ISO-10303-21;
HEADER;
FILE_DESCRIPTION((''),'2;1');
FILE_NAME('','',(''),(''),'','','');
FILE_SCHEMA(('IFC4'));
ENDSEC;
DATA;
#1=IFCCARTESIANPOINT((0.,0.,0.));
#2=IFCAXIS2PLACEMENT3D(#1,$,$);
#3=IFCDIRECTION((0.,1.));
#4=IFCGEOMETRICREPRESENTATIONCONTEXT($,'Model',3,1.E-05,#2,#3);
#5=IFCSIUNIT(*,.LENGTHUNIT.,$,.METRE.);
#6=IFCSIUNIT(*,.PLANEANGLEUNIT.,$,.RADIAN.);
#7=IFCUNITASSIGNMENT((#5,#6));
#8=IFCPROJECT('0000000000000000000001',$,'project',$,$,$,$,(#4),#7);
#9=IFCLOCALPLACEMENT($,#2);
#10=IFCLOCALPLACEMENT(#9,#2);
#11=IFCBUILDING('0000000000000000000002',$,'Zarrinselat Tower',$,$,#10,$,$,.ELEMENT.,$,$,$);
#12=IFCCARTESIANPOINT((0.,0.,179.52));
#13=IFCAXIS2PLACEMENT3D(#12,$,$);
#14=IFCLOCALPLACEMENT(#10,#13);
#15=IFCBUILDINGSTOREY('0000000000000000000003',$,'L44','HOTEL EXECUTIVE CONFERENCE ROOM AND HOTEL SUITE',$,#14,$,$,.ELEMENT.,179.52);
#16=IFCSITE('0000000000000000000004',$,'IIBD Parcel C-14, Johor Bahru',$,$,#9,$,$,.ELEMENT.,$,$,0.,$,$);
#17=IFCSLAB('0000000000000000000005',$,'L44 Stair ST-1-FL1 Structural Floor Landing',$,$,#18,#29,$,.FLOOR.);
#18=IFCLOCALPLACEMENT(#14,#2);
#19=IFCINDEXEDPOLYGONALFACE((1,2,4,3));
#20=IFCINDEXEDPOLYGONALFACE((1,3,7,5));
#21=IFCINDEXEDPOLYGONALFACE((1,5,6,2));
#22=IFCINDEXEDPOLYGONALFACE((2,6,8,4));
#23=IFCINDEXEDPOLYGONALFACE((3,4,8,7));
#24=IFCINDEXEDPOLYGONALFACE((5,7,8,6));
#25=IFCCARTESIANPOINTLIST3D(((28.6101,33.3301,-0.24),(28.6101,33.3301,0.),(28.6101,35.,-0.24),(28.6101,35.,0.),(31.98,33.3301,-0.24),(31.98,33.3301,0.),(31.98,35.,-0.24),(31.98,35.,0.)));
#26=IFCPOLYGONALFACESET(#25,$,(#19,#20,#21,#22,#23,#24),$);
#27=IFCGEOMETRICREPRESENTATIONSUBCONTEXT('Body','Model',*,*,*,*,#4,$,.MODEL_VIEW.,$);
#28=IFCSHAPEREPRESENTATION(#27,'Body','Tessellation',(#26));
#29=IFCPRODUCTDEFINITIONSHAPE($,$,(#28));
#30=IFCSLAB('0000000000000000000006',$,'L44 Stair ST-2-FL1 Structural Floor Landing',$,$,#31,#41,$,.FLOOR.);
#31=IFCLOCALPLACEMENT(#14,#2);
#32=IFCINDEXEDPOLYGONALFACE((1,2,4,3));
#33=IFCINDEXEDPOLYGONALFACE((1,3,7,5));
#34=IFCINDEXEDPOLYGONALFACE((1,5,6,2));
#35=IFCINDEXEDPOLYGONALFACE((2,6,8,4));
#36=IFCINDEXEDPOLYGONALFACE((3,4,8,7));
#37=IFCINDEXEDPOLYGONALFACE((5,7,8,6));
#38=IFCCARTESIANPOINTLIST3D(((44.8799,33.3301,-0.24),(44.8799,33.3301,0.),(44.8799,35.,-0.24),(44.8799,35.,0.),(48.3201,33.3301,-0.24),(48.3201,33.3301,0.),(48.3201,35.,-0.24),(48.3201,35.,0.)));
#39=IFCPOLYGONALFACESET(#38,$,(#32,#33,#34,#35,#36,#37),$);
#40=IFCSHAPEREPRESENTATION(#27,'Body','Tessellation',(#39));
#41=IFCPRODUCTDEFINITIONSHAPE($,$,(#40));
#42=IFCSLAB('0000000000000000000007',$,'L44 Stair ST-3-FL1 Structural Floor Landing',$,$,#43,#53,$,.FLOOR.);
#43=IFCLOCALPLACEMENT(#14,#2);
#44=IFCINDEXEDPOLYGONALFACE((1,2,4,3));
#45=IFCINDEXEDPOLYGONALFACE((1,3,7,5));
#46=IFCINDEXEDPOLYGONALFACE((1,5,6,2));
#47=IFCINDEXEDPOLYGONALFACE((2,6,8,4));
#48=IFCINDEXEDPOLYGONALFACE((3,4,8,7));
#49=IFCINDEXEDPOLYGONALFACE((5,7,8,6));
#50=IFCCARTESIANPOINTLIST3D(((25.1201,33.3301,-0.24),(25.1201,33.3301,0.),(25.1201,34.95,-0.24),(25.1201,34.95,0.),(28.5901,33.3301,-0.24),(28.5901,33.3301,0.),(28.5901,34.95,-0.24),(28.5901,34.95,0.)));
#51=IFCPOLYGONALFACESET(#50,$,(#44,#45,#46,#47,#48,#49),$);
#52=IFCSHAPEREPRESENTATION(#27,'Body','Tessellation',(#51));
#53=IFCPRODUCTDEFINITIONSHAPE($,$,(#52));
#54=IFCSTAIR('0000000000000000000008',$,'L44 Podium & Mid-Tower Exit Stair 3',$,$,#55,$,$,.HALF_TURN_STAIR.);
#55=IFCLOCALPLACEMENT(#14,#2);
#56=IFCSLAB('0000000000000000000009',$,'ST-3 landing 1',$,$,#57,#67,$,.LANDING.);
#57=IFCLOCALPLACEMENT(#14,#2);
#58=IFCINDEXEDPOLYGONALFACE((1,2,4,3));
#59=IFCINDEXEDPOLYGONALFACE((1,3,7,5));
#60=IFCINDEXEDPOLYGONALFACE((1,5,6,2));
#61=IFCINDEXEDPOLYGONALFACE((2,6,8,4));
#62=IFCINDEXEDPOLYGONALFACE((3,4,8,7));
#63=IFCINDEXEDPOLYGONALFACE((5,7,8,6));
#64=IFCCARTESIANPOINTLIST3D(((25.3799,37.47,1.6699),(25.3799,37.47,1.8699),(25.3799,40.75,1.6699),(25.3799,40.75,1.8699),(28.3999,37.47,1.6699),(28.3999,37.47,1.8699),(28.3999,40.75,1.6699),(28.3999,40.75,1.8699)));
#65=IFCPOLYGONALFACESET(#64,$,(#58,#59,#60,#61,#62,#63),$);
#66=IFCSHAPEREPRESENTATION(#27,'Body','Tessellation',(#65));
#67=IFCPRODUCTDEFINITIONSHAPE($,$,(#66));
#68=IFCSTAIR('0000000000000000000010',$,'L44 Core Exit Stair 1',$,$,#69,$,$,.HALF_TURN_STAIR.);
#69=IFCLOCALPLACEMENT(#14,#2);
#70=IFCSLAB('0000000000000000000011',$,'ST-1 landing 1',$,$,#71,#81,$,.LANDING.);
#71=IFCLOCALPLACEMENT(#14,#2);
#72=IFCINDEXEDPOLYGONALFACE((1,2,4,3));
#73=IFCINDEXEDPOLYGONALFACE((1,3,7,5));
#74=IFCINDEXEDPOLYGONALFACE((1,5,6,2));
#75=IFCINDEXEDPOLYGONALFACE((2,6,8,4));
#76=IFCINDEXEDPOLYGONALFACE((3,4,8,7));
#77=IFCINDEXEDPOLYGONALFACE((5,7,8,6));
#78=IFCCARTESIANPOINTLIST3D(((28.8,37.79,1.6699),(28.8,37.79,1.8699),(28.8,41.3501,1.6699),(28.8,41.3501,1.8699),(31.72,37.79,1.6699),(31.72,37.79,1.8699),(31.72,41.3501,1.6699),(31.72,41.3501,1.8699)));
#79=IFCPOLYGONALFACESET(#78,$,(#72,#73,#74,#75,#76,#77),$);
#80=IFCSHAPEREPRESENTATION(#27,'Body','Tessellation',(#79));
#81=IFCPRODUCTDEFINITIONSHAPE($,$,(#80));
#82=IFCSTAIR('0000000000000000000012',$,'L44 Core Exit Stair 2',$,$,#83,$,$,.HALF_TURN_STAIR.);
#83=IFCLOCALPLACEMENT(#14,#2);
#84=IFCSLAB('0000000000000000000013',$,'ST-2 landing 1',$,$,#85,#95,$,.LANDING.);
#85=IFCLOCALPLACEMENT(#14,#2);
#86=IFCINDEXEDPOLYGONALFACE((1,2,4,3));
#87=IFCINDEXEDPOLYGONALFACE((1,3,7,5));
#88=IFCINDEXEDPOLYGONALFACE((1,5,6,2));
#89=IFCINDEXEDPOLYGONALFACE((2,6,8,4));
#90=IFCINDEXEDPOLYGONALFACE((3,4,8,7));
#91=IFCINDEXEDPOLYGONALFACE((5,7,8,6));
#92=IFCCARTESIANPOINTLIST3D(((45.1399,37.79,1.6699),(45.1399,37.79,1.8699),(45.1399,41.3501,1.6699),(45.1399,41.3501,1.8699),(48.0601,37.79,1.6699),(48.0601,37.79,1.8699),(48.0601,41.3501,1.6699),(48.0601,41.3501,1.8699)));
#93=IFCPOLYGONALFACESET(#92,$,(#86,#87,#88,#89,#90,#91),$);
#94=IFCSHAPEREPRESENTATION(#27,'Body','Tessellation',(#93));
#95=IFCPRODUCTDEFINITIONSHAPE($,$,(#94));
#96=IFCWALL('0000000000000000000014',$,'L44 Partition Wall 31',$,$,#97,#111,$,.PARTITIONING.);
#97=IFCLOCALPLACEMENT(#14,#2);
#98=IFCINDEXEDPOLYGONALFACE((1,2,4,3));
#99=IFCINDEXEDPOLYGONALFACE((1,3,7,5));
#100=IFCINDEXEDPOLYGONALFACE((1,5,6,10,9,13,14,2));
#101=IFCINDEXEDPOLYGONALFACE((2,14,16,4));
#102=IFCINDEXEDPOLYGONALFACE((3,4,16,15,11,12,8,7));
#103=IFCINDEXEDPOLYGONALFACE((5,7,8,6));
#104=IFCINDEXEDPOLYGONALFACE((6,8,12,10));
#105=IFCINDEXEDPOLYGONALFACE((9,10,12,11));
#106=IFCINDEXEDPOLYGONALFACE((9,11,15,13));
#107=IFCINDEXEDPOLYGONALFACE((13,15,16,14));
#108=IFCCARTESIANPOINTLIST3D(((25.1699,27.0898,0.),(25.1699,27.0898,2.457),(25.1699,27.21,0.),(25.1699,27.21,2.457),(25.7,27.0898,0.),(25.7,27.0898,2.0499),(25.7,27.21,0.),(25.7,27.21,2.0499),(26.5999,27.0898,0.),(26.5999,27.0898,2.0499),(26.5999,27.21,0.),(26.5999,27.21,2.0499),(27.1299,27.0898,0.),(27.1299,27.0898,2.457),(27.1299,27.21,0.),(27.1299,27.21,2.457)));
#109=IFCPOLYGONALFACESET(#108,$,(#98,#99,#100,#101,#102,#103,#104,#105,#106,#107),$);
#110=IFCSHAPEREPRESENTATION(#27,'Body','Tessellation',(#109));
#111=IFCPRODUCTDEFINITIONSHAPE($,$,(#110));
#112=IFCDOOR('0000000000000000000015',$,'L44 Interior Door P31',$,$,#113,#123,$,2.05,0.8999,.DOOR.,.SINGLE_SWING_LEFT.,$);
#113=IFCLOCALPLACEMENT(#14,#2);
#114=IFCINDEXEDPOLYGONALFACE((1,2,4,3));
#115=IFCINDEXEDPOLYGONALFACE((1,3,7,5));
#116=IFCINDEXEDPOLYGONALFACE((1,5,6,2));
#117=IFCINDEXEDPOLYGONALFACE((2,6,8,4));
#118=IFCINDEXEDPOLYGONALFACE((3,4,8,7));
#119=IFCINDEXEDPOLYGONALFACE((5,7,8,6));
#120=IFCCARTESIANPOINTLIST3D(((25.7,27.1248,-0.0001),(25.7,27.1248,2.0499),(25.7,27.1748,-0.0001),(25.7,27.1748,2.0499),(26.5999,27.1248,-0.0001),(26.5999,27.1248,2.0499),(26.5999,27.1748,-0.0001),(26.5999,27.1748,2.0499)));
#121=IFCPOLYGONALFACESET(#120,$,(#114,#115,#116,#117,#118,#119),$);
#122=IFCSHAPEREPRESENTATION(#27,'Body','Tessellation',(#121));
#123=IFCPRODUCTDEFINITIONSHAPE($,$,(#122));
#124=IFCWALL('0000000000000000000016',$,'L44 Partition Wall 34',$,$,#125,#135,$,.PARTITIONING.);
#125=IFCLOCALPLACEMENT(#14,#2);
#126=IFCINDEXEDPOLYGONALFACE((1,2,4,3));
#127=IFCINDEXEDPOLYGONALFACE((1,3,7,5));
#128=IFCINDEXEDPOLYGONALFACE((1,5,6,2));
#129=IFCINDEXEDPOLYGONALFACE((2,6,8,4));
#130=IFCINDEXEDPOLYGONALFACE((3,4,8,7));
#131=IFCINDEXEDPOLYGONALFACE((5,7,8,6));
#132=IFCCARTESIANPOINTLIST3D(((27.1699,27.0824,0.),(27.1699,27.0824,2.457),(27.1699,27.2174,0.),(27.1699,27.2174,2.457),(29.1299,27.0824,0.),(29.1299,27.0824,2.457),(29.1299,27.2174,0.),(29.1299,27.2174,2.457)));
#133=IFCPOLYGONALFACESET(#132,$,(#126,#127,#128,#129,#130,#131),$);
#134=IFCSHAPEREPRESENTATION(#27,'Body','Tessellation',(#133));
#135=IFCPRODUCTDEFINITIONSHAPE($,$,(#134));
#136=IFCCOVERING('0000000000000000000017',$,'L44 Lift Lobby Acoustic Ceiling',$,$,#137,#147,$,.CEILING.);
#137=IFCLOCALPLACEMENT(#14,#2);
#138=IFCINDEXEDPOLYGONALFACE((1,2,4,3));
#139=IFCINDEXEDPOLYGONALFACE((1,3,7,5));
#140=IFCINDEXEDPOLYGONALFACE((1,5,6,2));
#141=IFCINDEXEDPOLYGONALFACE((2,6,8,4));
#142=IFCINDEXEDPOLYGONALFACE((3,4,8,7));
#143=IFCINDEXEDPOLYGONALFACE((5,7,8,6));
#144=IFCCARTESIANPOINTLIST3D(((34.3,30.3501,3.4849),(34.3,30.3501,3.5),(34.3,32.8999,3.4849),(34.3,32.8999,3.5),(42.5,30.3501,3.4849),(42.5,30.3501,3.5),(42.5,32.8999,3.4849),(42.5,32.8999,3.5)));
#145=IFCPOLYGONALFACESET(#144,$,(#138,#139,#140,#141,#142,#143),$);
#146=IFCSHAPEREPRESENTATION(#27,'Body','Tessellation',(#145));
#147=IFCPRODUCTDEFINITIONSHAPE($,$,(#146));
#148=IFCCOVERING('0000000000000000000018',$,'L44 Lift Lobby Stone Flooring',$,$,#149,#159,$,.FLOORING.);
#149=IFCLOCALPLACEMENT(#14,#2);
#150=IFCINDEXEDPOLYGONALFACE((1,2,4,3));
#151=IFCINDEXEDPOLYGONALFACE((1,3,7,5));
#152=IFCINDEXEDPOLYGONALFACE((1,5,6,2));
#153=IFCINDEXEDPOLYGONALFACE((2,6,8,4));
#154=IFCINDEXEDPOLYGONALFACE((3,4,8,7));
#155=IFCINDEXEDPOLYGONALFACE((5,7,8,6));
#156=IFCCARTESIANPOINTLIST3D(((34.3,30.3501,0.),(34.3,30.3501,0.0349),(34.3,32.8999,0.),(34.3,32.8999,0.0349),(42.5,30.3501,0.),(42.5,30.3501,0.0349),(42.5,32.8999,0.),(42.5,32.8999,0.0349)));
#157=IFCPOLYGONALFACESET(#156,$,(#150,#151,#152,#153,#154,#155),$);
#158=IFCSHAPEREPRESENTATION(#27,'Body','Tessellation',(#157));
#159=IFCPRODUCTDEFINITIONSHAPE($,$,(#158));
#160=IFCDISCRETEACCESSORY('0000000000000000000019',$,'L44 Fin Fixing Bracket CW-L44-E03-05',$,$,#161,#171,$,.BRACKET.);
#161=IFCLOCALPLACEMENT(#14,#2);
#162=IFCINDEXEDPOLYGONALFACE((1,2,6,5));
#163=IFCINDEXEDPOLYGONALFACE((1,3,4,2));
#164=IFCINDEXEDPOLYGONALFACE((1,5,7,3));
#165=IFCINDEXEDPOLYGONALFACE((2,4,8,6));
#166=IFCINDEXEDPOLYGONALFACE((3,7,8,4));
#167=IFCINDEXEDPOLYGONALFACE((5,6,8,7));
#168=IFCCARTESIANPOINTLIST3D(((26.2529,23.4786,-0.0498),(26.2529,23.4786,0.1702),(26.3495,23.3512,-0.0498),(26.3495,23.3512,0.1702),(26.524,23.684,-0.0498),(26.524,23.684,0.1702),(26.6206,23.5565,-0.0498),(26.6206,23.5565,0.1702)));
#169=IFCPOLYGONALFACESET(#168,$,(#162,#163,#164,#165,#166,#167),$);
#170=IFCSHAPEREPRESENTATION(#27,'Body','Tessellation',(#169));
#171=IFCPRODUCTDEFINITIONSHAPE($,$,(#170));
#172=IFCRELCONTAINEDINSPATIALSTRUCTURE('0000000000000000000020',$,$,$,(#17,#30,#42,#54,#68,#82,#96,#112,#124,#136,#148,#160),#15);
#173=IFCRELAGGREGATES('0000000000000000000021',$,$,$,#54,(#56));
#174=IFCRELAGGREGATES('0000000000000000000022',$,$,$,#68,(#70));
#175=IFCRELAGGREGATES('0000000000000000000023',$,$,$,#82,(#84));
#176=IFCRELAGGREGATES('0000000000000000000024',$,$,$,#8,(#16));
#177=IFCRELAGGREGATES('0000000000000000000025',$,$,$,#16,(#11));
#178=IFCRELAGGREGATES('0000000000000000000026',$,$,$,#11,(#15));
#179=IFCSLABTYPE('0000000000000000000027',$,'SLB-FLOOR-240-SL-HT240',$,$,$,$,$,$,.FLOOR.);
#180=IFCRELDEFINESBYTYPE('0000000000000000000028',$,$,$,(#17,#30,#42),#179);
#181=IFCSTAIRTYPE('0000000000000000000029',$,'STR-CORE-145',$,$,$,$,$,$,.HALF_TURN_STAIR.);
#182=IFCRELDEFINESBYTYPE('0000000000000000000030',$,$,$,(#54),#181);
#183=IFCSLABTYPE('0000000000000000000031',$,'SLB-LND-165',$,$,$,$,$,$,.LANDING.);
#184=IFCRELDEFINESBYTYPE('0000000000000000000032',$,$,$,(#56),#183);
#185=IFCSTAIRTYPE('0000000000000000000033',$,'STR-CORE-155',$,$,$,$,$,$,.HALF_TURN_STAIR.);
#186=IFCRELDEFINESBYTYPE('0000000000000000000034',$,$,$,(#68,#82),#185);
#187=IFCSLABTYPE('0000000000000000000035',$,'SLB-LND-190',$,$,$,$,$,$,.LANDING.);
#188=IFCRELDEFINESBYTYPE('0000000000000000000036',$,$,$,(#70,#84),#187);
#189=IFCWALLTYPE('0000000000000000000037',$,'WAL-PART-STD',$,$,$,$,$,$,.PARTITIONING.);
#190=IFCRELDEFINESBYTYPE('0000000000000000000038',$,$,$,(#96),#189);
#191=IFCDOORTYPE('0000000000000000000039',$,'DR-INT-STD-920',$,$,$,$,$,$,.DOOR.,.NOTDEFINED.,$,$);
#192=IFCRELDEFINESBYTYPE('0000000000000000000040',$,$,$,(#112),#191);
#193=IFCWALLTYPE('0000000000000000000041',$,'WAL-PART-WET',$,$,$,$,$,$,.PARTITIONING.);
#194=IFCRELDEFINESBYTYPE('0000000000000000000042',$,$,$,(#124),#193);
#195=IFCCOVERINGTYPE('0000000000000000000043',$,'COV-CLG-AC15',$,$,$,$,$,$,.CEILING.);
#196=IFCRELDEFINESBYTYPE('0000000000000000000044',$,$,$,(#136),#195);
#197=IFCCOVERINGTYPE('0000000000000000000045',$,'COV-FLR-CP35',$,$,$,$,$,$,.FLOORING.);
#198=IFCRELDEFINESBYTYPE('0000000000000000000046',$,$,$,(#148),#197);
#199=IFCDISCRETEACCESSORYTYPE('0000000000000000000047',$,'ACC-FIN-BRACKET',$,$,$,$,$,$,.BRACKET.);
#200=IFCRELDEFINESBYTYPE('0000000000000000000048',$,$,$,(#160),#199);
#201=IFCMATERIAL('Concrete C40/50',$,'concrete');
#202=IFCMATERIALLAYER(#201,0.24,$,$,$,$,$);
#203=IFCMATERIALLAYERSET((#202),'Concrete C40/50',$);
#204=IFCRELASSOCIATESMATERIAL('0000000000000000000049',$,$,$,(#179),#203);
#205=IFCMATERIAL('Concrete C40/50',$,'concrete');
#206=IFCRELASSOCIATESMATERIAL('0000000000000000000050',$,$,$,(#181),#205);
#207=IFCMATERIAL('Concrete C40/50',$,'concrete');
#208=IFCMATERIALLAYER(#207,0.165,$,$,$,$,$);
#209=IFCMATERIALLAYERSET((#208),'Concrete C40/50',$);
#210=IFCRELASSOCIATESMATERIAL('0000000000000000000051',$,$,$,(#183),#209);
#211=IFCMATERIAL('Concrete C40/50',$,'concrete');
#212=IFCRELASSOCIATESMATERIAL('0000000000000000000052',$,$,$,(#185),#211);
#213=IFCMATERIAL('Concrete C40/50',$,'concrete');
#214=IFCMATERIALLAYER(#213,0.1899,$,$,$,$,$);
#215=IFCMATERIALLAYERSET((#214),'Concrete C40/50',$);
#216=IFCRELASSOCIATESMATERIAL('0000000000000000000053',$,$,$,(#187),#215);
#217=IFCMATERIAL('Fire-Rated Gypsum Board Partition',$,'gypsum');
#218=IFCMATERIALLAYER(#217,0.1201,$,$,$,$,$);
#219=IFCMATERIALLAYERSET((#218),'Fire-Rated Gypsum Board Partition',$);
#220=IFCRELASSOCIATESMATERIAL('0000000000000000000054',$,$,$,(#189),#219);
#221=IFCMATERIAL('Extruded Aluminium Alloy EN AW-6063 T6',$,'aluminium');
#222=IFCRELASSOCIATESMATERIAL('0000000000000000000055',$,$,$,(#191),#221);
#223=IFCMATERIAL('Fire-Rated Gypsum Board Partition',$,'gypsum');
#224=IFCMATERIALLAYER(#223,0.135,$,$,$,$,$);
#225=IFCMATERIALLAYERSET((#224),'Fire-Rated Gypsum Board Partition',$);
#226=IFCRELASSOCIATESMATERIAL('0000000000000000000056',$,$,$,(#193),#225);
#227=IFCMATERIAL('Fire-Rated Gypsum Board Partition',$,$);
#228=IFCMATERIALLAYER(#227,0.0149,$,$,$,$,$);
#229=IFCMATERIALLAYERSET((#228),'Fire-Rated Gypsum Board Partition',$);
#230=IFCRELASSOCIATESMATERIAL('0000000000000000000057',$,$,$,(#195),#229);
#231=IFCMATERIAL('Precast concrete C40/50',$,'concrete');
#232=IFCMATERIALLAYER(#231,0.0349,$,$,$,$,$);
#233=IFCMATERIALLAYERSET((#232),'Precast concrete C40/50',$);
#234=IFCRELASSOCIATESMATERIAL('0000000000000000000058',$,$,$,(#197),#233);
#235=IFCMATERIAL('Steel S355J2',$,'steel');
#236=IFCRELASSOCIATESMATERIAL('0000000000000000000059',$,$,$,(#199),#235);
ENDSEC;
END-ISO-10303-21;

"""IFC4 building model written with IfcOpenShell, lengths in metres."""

from ifc_helpers import new_model, si_unit, direction, frame, frame_2d, origin, origin_2d, place, context, subcontext, project, spatial, polyline, rectangle, outline, extrude, material, layer, layer_set, type_object, element, fill, aggregate, save


model = new_model("IFC4")

# Units and contexts
model_context = context("Model", 3, precision=1e-05, world=origin(), true_north=direction((0.0, 1.0)))
body_context = subcontext(model_context, "Body", "Model", "MODEL_VIEW")
ifc_project = project(units=[si_unit("LENGTHUNIT", "METRE"), si_unit("PLANEANGLEUNIT", "RADIAN")], contexts=[model_context])

# Site, building, storey
site_placement = place(None, origin())
site = spatial("IfcSite", under=ifc_project, at=site_placement, Name="IIBD Parcel C-14, Johor Bahru", CompositionType="ELEMENT", RefElevation=0.0)
building_placement = place(site_placement, origin())
building = spatial("IfcBuilding", under=site, at=building_placement, Name="Zarrinselat Tower", CompositionType="ELEMENT")
storey_placement = place(building_placement, frame((0.0, 0.0, 179.52)))
storey = spatial("IfcBuildingStorey", under=building, at=storey_placement, Name="L44", Description="HOTEL EXECUTIVE CONFERENCE ROOM AND HOTEL SUITE", CompositionType="ELEMENT", Elevation=179.52)

# Slabs
ifc_material_1 = material(Name="Concrete C40/50", Category="concrete")
ifc_layer_1 = layer(ifc_material_1, 0.24)
ifc_layer_set_1 = layer_set([ifc_layer_1], Name="Concrete C40/50")
slab_type_1 = type_object("IfcSlabType", Name="SLB-FLOOR-240-SL-HT240", PredefinedType="FLOOR", material=ifc_layer_set_1)
slab_1_placement = place(storey_placement, frame((0.0, 0.0, -0.24)))
element("IfcSlab", 1, at=slab_1_placement, inside=storey, type_object=slab_type_1, Name="L44 Stair ST-1-FL1 Structural Floor Landing", PredefinedType="FLOOR", context=body_context, shape_type="SweptSolid", body=[
    extrude(outline(polyline([(31.98, 33.3301), (31.98, 35.0), (28.6101, 35.0), (28.6101, 33.3301), (31.98, 33.3301)])), origin(), (0.0, 0.0, 1.0), 0.24),
])
slab_2_placement = place(storey_placement, frame((0.0, 0.0, -0.24)))
element("IfcSlab", 2, at=slab_2_placement, inside=storey, type_object=slab_type_1, Name="L44 Stair ST-2-FL1 Structural Floor Landing", PredefinedType="FLOOR", context=body_context, shape_type="SweptSolid", body=[
    extrude(outline(polyline([(48.3201, 33.3301), (48.3201, 35.0), (44.8799, 35.0), (44.8799, 33.3301), (48.3201, 33.3301)])), origin(), (0.0, 0.0, 1.0), 0.24),
])
slab_3_placement = place(storey_placement, frame((0.0, 0.0, -0.24)))
element("IfcSlab", 3, at=slab_3_placement, inside=storey, type_object=slab_type_1, Name="L44 Stair ST-3-FL1 Structural Floor Landing", PredefinedType="FLOOR", context=body_context, shape_type="SweptSolid", body=[
    extrude(outline(polyline([(28.5901, 33.3301), (28.5901, 34.95), (25.1201, 34.95), (25.1201, 33.3301), (28.5901, 33.3301)])), origin(), (0.0, 0.0, 1.0), 0.24),
])

# Stairs, slabs
ifc_material_2 = material(Name="Concrete C40/50", Category="concrete")
stair_type_1 = type_object("IfcStairType", Name="STR-CORE-145", PredefinedType="HALF_TURN_STAIR", material=ifc_material_2)
stair_1_placement = place(storey_placement, origin())
stair_1 = element("IfcStair", 4, at=stair_1_placement, inside=storey, type_object=stair_type_1, Name="L44 Podium & Mid-Tower Exit Stair 3", PredefinedType="HALF_TURN_STAIR")
ifc_material_3 = material(Name="Concrete C40/50", Category="concrete")
ifc_layer_2 = layer(ifc_material_3, 0.165)
ifc_layer_set_2 = layer_set([ifc_layer_2], Name="Concrete C40/50")
slab_type_2 = type_object("IfcSlabType", Name="SLB-LND-165", PredefinedType="LANDING", material=ifc_layer_set_2)
slab_4_placement = place(storey_placement, frame((0.0, 0.0, 1.6699)))
slab_4 = element("IfcSlab", 5, at=slab_4_placement, type_object=slab_type_2, Name="ST-3 landing 1", PredefinedType="LANDING", context=body_context, shape_type="SweptSolid", body=[
    extrude(outline(polyline([(28.3999, 37.47), (28.3999, 40.75), (25.3799, 40.75), (25.3799, 37.47), (28.3999, 37.47)])), origin(), (0.0, 0.0, 1.0), 0.2),
])
aggregate(stair_1, [slab_4])
ifc_material_4 = material(Name="Concrete C40/50", Category="concrete")
stair_type_2 = type_object("IfcStairType", Name="STR-CORE-155", PredefinedType="HALF_TURN_STAIR", material=ifc_material_4)
stair_2_placement = place(storey_placement, origin())
stair_2 = element("IfcStair", 6, at=stair_2_placement, inside=storey, type_object=stair_type_2, Name="L44 Core Exit Stair 1", PredefinedType="HALF_TURN_STAIR")
ifc_material_5 = material(Name="Concrete C40/50", Category="concrete")
ifc_layer_3 = layer(ifc_material_5, 0.1899)
ifc_layer_set_3 = layer_set([ifc_layer_3], Name="Concrete C40/50")
slab_type_3 = type_object("IfcSlabType", Name="SLB-LND-190", PredefinedType="LANDING", material=ifc_layer_set_3)
slab_5_placement = place(storey_placement, frame((0.0, 0.0, 1.6699)))
slab_5 = element("IfcSlab", 7, at=slab_5_placement, type_object=slab_type_3, Name="ST-1 landing 1", PredefinedType="LANDING", context=body_context, shape_type="SweptSolid", body=[
    extrude(outline(polyline([(31.72, 37.79), (31.72, 41.3501), (28.8, 41.3501), (28.8, 37.79), (31.72, 37.79)])), origin(), (0.0, 0.0, 1.0), 0.2),
])
aggregate(stair_2, [slab_5])
stair_3_placement = place(storey_placement, origin())
stair_3 = element("IfcStair", 8, at=stair_3_placement, inside=storey, type_object=stair_type_2, Name="L44 Core Exit Stair 2", PredefinedType="HALF_TURN_STAIR")
slab_6_placement = place(storey_placement, frame((0.0, 0.0, 1.6699)))
slab_6 = element("IfcSlab", 9, at=slab_6_placement, type_object=slab_type_3, Name="ST-2 landing 1", PredefinedType="LANDING", context=body_context, shape_type="SweptSolid", body=[
    extrude(outline(polyline([(48.0601, 37.79), (48.0601, 41.3501), (45.1399, 41.3501), (45.1399, 37.79), (48.0601, 37.79)])), origin(), (0.0, 0.0, 1.0), 0.2),
])
aggregate(stair_3, [slab_6])

# Wall, opening, door
ifc_material_6 = material(Name="Fire-Rated Gypsum Board Partition", Category="gypsum")
ifc_layer_4 = layer(ifc_material_6, 0.1201)
ifc_layer_set_4 = layer_set([ifc_layer_4], Name="Fire-Rated Gypsum Board Partition")
wall_type_1 = type_object("IfcWallType", Name="WAL-PART-STD", PredefinedType="PARTITIONING", material=ifc_layer_set_4)
wall_1_placement = place(storey_placement, frame((25.1699, 27.1499, 0.0), z_axis=(0.0, 0.0, 1.0), x_axis=(1.0, 0.0, 0.0)))
wall_1 = element("IfcWall", 10, at=wall_1_placement, inside=storey, type_object=wall_type_1, Name="L44 Partition Wall 31", PredefinedType="PARTITIONING", context=body_context, shape_type="SweptSolid", body=[
    extrude(rectangle(XDim=1.96, YDim=0.1201, at=frame_2d((0.98, 0.0))), origin(), (0.0, 0.0, 1.0), 2.457),
])
opening_placement = place(wall_1_placement, frame((0.53, 0.0, 0.0)))
opening = element("IfcOpeningElement", 11, at=opening_placement, cuts=wall_1, PredefinedType="OPENING", context=body_context, shape_type="SweptSolid", body=[
    extrude(rectangle(XDim=0.8999, YDim=2.05, at=frame_2d((0.45, 1.0249))), frame((0.0, 0.0701, 0.0), z_axis=(0.0, -1.0, 0.0), x_axis=(1.0, 0.0, 0.0)), (0.0, 0.0, 1.0), 0.1401),
])
ifc_material_7 = material(Name="Extruded Aluminium Alloy EN AW-6063 T6", Category="aluminium")
door_type = type_object("IfcDoorType", Name="DR-INT-STD-920", OperationType="NOTDEFINED", PredefinedType="DOOR", material=ifc_material_7)
door_placement = place(opening_placement, origin())
door = element("IfcDoor", 12, at=door_placement, inside=storey, type_object=door_type, Name="L44 Interior Door P31", OperationType="SINGLE_SWING_LEFT", OverallHeight=2.05, OverallWidth=0.8999, PredefinedType="DOOR", context=body_context, shape_type="SweptSolid", body=[
    extrude(rectangle(XDim=0.8999, YDim=2.05, at=frame_2d((0.45, 1.0249))), frame((0.0, 0.0249, 0.0), z_axis=(0.0, -1.0, 0.0), x_axis=(1.0, 0.0, 0.0)), (0.0, 0.0, 1.0), 0.05),
])
fill(opening, door)

# Wall
ifc_material_8 = material(Name="Fire-Rated Gypsum Board Partition", Category="gypsum")
ifc_layer_5 = layer(ifc_material_8, 0.135)
ifc_layer_set_5 = layer_set([ifc_layer_5], Name="Fire-Rated Gypsum Board Partition")
wall_type_2 = type_object("IfcWallType", Name="WAL-PART-WET", PredefinedType="PARTITIONING", material=ifc_layer_set_5)
wall_2_placement = place(storey_placement, frame((27.1699, 27.1499, 0.0), z_axis=(0.0, 0.0, 1.0), x_axis=(1.0, 0.0, 0.0)))
element("IfcWall", 13, at=wall_2_placement, inside=storey, type_object=wall_type_2, Name="L44 Partition Wall 34", PredefinedType="PARTITIONING", context=body_context, shape_type="SweptSolid", body=[
    extrude(rectangle(XDim=1.96, YDim=0.135, at=frame_2d((0.98, 0.0))), origin(), (0.0, 0.0, 1.0), 2.457),
])

# Coverings
ifc_material_9 = material(Name="Fire-Rated Gypsum Board Partition")
ifc_layer_6 = layer(ifc_material_9, 0.0149)
ifc_layer_set_6 = layer_set([ifc_layer_6], Name="Fire-Rated Gypsum Board Partition")
covering_type_1 = type_object("IfcCoveringType", Name="COV-CLG-AC15", PredefinedType="CEILING", material=ifc_layer_set_6)
covering_1_placement = place(storey_placement, frame((0.0, 0.0, 3.4849)))
element("IfcCovering", 14, at=covering_1_placement, inside=storey, type_object=covering_type_1, Name="L44 Lift Lobby Acoustic Ceiling", PredefinedType="CEILING", context=body_context, shape_type="SweptSolid", body=[
    extrude(outline(polyline([(34.3, 30.3501), (42.5, 30.3501), (42.5, 32.8999), (34.3, 32.8999), (34.3, 30.3501)])), origin(), (0.0, 0.0, 1.0), 0.0151),
])
ifc_material_10 = material(Name="Precast concrete C40/50", Category="concrete")
ifc_layer_7 = layer(ifc_material_10, 0.0349)
ifc_layer_set_7 = layer_set([ifc_layer_7], Name="Precast concrete C40/50")
covering_type_2 = type_object("IfcCoveringType", Name="COV-FLR-CP35", PredefinedType="FLOORING", material=ifc_layer_set_7)
covering_2_placement = place(storey_placement, origin())
element("IfcCovering", 15, at=covering_2_placement, inside=storey, type_object=covering_type_2, Name="L44 Lift Lobby Stone Flooring", PredefinedType="FLOORING", context=body_context, shape_type="SweptSolid", body=[
    extrude(outline(polyline([(34.3, 30.3501), (42.5, 30.3501), (42.5, 32.8999), (34.3, 32.8999), (34.3, 30.3501)])), origin(), (0.0, 0.0, 1.0), 0.0349),
])

# Discrete accessory
ifc_material_11 = material(Name="Steel S355J2", Category="steel")
discrete_accessory_type = type_object("IfcDiscreteAccessoryType", Name="ACC-FIN-BRACKET", PredefinedType="BRACKET", material=ifc_material_11)
discrete_accessory_placement = place(storey_placement, frame((26.4368, 23.5176, -0.0498), z_axis=(0.0, 0.0, 1.0), x_axis=(-0.797092, -0.603857, 0.0)))
element("IfcDiscreteAccessory", 16, at=discrete_accessory_placement, inside=storey, type_object=discrete_accessory_type, Name="L44 Fin Fixing Bracket CW-L44-E03-05", PredefinedType="BRACKET", context=body_context, shape_type="SweptSolid", body=[
    extrude(rectangle(XDim=0.3401, YDim=0.1599, at=origin_2d()), origin(), (0.0, 0.0, 1.0), 0.22),
])

save(model, "model.ifc")
